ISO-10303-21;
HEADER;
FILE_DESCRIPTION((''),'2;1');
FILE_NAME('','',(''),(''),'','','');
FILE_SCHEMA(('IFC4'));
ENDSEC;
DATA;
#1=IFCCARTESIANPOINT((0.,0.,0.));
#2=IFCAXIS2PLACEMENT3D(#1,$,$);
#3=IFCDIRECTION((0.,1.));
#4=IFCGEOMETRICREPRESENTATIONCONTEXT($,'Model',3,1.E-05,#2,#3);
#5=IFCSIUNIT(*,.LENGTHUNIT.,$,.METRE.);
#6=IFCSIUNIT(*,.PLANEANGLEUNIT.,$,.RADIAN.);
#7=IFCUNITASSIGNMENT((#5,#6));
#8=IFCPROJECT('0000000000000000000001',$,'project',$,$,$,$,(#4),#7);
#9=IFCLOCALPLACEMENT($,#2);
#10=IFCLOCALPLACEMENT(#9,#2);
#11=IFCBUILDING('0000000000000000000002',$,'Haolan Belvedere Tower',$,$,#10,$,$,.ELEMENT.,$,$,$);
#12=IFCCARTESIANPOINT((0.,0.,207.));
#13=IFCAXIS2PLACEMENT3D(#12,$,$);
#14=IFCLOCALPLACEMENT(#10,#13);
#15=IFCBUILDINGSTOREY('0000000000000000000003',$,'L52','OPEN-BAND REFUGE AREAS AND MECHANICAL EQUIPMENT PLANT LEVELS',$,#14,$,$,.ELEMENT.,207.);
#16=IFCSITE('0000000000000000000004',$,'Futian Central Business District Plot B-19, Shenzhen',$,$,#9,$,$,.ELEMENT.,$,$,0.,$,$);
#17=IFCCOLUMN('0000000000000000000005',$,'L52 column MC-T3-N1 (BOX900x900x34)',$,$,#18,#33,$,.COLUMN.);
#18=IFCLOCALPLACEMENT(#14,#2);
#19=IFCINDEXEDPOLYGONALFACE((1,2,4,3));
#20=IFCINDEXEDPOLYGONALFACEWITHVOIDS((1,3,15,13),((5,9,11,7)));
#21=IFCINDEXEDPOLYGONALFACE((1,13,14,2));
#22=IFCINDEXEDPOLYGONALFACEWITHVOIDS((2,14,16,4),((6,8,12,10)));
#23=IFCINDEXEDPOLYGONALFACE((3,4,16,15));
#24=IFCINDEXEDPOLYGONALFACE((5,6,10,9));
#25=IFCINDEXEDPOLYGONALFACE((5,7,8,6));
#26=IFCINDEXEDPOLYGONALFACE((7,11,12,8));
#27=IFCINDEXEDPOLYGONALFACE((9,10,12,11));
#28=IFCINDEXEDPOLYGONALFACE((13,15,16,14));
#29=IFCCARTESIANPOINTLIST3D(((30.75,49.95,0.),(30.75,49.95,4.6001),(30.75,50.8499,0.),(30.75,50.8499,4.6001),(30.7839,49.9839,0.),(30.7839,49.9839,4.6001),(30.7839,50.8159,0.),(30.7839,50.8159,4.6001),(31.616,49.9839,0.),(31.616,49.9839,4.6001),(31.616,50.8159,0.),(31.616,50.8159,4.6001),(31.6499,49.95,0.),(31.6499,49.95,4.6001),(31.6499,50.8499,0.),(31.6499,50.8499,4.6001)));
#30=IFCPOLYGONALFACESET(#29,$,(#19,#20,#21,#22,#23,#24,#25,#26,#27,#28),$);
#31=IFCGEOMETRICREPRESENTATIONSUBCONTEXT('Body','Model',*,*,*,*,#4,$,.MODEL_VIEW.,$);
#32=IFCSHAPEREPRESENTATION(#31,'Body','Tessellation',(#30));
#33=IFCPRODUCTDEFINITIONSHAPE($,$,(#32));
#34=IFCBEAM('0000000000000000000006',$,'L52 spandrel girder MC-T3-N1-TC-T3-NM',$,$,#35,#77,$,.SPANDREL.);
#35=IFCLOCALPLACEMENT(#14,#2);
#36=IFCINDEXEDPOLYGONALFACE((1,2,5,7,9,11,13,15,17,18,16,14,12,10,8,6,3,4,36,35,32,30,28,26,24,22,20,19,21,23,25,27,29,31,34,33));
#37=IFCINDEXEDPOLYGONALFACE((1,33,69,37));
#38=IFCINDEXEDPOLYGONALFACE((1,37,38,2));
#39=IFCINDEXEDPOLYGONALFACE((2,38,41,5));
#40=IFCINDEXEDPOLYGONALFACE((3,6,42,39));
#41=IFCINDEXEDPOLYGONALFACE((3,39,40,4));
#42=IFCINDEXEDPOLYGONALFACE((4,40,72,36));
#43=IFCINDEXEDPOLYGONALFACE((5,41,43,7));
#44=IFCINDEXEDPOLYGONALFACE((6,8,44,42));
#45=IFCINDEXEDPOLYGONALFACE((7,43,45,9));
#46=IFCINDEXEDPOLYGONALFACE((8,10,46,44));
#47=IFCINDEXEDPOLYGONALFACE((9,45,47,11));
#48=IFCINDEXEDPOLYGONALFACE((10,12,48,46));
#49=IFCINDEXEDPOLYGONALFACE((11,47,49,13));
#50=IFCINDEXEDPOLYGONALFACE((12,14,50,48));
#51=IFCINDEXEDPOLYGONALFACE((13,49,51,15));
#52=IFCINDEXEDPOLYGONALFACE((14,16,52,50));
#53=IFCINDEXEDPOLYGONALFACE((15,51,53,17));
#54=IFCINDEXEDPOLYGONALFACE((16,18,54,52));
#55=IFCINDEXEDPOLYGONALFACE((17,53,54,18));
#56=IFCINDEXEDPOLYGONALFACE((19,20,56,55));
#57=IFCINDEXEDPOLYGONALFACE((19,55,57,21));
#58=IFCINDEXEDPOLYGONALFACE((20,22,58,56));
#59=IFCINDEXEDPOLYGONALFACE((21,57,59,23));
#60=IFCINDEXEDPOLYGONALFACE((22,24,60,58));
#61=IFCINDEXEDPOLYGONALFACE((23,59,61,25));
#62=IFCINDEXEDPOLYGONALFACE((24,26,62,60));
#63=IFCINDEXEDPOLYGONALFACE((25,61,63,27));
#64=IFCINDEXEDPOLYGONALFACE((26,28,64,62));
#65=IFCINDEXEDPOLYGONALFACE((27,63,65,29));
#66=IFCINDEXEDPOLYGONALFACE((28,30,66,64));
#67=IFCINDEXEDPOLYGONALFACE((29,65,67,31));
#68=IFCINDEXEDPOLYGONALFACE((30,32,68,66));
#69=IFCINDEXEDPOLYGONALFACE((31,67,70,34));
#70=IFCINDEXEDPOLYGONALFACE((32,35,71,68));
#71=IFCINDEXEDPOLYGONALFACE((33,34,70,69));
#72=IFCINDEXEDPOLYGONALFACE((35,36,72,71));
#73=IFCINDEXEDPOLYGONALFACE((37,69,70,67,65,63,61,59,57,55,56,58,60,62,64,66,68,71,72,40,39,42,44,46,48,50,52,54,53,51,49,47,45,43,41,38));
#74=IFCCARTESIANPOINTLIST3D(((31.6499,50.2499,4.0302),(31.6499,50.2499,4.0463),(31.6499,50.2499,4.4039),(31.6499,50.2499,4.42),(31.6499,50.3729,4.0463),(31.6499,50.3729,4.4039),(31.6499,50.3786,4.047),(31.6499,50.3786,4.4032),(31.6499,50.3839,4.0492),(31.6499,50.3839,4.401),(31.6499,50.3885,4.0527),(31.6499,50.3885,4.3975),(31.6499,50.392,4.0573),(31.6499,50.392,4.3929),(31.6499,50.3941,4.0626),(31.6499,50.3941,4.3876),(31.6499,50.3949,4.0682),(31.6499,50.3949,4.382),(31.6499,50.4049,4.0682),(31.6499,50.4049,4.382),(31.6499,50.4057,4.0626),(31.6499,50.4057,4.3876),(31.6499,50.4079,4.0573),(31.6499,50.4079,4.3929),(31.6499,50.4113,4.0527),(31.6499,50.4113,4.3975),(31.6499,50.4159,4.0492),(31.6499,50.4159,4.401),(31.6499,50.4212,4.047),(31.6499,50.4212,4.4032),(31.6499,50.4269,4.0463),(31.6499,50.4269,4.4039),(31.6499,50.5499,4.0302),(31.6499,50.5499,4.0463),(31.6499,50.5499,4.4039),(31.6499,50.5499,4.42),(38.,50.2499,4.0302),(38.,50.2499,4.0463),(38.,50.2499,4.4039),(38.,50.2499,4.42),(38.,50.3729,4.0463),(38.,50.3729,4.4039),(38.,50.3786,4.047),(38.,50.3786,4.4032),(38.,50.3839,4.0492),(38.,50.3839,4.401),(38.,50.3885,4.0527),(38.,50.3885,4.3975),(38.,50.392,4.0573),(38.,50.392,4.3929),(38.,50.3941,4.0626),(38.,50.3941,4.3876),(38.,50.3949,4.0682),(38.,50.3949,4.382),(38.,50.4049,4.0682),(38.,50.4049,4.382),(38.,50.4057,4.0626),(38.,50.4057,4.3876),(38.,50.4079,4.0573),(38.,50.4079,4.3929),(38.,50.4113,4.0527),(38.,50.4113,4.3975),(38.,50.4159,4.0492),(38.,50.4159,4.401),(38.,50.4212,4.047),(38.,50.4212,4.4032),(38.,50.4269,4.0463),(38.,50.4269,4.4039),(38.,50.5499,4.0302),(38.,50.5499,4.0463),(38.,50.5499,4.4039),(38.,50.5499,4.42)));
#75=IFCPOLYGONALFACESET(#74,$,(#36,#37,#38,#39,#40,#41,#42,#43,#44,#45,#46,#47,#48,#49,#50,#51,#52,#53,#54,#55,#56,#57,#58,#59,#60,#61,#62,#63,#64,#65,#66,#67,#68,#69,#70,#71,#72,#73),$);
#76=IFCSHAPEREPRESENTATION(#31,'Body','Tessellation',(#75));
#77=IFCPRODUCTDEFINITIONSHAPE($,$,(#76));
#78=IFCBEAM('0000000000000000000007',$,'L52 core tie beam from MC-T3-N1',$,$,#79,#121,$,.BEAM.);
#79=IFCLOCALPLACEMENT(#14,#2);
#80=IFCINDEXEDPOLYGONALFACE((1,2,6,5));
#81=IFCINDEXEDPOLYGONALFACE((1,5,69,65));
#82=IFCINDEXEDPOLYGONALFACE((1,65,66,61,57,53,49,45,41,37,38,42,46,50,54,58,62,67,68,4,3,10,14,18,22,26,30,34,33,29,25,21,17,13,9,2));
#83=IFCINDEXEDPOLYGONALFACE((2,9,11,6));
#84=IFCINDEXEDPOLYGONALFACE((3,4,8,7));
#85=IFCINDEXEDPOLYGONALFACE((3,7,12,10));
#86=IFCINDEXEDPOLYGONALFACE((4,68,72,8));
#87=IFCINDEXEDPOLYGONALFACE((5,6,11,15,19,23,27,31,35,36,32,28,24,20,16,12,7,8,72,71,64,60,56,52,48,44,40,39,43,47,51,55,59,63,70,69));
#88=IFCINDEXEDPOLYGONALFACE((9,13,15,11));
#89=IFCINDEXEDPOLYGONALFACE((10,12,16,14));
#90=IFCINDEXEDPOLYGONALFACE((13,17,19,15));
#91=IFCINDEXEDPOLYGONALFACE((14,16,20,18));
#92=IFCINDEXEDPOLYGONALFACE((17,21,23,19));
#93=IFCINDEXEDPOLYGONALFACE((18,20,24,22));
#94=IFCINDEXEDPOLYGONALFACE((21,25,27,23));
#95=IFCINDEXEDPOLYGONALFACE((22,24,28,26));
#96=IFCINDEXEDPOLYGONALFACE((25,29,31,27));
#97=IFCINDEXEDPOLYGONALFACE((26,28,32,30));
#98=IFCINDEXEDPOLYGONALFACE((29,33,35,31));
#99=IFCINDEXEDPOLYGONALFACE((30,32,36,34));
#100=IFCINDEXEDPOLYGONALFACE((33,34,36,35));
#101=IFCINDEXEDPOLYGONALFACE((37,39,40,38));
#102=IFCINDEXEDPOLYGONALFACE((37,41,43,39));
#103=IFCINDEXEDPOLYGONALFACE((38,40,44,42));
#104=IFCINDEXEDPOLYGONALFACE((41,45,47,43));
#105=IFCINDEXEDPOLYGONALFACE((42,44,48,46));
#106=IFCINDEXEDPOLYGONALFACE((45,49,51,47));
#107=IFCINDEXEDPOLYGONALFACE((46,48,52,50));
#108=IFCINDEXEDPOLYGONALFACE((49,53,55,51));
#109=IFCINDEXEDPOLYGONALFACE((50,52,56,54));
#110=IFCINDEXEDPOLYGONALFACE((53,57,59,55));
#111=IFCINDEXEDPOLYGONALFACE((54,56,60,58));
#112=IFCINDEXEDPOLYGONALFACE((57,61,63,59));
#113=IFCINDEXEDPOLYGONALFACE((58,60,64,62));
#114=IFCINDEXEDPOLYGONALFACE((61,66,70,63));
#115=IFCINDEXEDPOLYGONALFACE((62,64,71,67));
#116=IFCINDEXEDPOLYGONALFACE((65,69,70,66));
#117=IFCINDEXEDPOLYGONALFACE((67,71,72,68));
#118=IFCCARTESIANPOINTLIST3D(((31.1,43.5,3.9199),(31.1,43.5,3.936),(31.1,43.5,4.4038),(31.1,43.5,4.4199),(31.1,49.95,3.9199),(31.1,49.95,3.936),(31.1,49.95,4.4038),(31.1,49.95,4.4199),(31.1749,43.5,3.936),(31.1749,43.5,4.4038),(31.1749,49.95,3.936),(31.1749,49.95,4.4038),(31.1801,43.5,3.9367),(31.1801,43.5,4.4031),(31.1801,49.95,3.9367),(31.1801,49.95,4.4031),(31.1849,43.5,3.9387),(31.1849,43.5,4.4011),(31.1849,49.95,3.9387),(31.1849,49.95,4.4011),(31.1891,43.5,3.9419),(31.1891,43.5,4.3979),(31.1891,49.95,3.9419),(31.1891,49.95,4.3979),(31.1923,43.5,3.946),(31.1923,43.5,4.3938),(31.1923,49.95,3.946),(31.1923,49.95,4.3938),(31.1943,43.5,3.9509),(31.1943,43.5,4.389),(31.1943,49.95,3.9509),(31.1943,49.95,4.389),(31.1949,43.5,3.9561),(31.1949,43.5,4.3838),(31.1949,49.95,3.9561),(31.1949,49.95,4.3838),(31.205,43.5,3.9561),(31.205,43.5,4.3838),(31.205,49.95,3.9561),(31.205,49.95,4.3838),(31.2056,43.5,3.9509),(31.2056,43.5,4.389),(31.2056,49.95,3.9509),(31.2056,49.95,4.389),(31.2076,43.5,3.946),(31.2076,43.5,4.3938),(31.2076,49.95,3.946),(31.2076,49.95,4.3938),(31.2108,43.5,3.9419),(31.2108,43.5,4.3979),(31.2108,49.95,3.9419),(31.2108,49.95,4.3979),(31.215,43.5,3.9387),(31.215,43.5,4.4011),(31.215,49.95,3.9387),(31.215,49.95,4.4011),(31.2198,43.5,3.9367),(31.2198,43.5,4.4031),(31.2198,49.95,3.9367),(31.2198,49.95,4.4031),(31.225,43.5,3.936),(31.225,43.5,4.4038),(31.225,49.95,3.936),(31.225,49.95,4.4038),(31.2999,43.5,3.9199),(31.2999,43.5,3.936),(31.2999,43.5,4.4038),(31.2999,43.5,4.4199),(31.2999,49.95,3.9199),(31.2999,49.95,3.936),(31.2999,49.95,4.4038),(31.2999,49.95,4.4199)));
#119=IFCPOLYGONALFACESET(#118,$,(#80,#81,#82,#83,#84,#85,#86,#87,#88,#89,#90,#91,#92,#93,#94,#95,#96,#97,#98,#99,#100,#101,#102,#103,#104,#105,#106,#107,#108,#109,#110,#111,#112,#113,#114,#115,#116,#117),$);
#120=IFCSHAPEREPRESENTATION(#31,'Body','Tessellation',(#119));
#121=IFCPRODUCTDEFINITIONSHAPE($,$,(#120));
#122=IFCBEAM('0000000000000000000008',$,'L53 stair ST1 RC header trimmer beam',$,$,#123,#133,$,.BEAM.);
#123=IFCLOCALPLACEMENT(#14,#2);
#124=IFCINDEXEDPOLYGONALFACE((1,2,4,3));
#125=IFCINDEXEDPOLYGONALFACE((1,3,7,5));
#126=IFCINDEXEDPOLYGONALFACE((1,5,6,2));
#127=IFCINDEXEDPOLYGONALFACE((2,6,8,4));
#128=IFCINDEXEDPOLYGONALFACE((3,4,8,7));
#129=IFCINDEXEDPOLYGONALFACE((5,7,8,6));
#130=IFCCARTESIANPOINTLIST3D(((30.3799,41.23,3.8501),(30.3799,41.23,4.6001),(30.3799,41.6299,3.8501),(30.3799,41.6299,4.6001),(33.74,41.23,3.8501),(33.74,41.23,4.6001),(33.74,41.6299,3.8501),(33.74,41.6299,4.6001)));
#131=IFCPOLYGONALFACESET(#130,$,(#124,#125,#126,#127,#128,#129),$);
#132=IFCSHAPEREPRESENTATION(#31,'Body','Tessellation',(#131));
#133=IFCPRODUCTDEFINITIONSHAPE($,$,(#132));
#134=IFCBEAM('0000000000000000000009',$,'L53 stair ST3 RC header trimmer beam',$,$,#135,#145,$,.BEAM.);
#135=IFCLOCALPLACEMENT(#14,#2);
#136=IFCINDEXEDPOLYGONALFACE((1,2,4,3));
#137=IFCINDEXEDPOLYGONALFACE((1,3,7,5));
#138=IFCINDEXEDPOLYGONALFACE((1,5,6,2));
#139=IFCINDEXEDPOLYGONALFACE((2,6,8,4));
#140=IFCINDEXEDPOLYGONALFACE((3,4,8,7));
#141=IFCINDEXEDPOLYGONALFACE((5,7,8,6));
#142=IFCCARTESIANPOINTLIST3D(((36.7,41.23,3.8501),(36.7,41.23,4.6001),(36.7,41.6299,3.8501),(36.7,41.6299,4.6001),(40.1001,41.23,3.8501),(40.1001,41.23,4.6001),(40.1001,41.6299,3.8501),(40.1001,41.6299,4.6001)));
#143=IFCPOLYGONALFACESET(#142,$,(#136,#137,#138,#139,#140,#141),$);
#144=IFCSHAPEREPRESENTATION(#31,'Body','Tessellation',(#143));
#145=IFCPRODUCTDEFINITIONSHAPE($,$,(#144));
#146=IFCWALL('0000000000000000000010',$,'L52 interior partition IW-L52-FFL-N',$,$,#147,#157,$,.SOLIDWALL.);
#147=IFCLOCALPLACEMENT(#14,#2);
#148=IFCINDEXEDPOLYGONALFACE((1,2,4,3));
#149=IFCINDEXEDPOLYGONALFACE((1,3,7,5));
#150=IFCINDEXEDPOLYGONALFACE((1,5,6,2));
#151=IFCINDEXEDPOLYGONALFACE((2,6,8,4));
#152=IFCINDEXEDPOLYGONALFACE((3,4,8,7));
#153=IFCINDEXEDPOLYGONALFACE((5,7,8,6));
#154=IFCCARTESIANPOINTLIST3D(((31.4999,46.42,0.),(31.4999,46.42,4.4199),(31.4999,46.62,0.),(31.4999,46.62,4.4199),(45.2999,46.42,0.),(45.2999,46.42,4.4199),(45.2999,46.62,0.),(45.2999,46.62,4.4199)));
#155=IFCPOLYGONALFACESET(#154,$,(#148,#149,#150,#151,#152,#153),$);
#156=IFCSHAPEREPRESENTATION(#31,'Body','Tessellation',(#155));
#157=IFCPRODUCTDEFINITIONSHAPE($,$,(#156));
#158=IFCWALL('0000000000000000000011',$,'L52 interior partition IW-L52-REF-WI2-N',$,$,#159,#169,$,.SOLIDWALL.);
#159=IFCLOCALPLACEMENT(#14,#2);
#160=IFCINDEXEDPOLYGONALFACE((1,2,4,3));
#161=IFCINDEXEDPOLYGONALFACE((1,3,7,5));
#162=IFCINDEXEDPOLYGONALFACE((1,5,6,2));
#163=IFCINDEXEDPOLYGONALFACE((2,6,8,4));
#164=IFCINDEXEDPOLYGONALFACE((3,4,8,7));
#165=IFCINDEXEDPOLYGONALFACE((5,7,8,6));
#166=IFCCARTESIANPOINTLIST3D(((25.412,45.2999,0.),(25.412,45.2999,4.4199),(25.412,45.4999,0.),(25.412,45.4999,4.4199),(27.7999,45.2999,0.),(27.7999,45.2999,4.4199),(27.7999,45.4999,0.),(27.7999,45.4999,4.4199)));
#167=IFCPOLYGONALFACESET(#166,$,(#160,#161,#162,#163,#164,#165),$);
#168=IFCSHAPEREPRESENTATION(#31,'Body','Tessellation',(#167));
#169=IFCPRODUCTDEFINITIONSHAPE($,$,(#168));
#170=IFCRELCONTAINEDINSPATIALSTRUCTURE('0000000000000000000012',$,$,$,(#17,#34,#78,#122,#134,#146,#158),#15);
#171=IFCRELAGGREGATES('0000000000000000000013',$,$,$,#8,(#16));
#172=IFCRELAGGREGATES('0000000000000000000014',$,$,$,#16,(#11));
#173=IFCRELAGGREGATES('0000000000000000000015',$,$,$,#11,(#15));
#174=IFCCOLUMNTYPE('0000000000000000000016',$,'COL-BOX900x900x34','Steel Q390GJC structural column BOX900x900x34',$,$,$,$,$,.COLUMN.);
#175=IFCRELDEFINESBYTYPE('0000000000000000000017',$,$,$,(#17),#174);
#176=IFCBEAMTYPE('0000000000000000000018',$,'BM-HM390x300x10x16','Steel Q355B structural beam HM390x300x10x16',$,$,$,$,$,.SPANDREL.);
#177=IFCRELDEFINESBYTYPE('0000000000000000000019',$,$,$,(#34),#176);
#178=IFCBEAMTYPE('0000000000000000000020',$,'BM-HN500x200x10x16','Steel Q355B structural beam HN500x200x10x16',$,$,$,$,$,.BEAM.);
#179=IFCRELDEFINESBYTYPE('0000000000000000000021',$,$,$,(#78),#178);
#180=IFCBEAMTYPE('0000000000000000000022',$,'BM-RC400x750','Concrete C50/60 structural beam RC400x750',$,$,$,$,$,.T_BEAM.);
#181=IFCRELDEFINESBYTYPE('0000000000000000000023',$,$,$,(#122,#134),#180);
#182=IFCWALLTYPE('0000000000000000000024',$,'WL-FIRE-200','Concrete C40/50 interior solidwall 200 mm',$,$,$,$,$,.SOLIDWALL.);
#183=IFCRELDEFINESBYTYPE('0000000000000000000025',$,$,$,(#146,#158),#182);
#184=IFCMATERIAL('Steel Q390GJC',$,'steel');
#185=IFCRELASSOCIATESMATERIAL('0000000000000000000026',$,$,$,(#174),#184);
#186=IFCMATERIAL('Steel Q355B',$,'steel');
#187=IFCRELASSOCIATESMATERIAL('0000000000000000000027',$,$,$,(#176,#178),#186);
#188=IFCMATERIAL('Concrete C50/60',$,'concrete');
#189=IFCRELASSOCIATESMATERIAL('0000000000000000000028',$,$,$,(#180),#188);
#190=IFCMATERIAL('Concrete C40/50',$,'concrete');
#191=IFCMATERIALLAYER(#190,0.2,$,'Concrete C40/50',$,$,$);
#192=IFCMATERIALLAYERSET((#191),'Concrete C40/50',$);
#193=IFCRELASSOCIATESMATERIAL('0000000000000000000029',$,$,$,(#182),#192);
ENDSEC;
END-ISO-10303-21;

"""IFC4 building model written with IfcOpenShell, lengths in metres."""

from ifc_helpers import new_model, si_unit, direction, frame, frame_2d, origin, origin_2d, place, context, subcontext, project, spatial, rectangle, hollow_rectangle, i_section, extrude, material, layer, layer_set, material_profile, profile_set, type_object, element, save


model = new_model("IFC4")

# Units and contexts
model_context = context("Model", 3, precision=1e-05, world=origin(), true_north=direction((0.0, 1.0)))
body_context = subcontext(model_context, "Body", "Model", "MODEL_VIEW")
ifc_project = project(units=[si_unit("LENGTHUNIT", "METRE"), si_unit("PLANEANGLEUNIT", "RADIAN")], contexts=[model_context])

# Site, building, storey
site_placement = place(None, origin())
site = spatial("IfcSite", under=ifc_project, at=site_placement, Name="Futian Central Business District Plot B-19, Shenzhen", CompositionType="ELEMENT", RefElevation=0.0)
building_placement = place(site_placement, origin())
building = spatial("IfcBuilding", under=site, at=building_placement, Name="Haolan Belvedere Tower", CompositionType="ELEMENT")
storey_placement = place(building_placement, frame((0.0, 0.0, 207.0)))
storey = spatial("IfcBuildingStorey", under=building, at=storey_placement, Name="L52", Description="OPEN-BAND REFUGE AREAS AND MECHANICAL EQUIPMENT PLANT LEVELS", CompositionType="ELEMENT", Elevation=207.0)

# Column
ifc_material_1 = material(Name="Steel Q390GJC", Category="steel")
ifc_material_profile_1 = material_profile(ifc_material_1, hollow_rectangle(XDim=0.8999, YDim=0.8999, WallThickness=0.0339, at=origin_2d()), Name="Steel Q390GJC")
ifc_profile_set_1 = profile_set([ifc_material_profile_1], Name="Steel Q390GJC")
column_type = type_object("IfcColumnType", Name="COL-BOX900x900x34", Description="Steel Q390GJC structural column BOX900x900x34", PredefinedType="COLUMN", material=ifc_profile_set_1)
column_placement = place(storey_placement, frame((31.2, 50.3999, 0.0), z_axis=(0.0, 0.0, 1.0), x_axis=(1.0, 0.0, 0.0)))
element("IfcColumn", 1, at=column_placement, inside=storey, type_object=column_type, Name="L52 column MC-T3-N1 (BOX900x900x34)", PredefinedType="COLUMN", context=body_context, shape_type="SweptSolid", body=[
    extrude(hollow_rectangle(XDim=0.8999, YDim=0.8999, WallThickness=0.0339, at=origin_2d()), origin(), (0.0, 0.0, 1.0), 4.6001),
])

# Beams
ifc_material_2 = material(Name="Steel Q355B", Category="steel")
ifc_material_profile_2 = material_profile(ifc_material_2, i_section(OverallWidth=0.3, OverallDepth=0.3899, WebThickness=0.01, FlangeThickness=0.0161, FilletRadius=0.022, at=origin_2d()), Name="Steel Q355B")
ifc_profile_set_2 = profile_set([ifc_material_profile_2], Name="Steel Q355B")
beam_type_1 = type_object("IfcBeamType", Name="BM-HM390x300x10x16", Description="Steel Q355B structural beam HM390x300x10x16", PredefinedType="SPANDREL", material=ifc_profile_set_2)
beam_1_placement = place(storey_placement, frame((31.6499, 50.3999, 4.2251), z_axis=(1.0, 0.0, 0.0), x_axis=(0.0, 1.0, 0.0)))
element("IfcBeam", 2, at=beam_1_placement, inside=storey, type_object=beam_type_1, Name="L52 spandrel girder MC-T3-N1-TC-T3-NM", PredefinedType="SPANDREL", context=body_context, shape_type="SweptSolid", body=[
    extrude(i_section(OverallWidth=0.3, OverallDepth=0.3899, WebThickness=0.01, FlangeThickness=0.0161, FilletRadius=0.022, at=origin_2d()), origin(), (0.0, 0.0, 1.0), 6.3501),
])
ifc_material_profile_3 = material_profile(ifc_material_2, i_section(OverallWidth=0.2, OverallDepth=0.5, WebThickness=0.01, FlangeThickness=0.0161, FilletRadius=0.02, at=origin_2d()), Name="Steel Q355B")
ifc_profile_set_3 = profile_set([ifc_material_profile_3], Name="Steel Q355B")
beam_type_2 = type_object("IfcBeamType", Name="BM-HN500x200x10x16", Description="Steel Q355B structural beam HN500x200x10x16", PredefinedType="BEAM", material=ifc_profile_set_3)
beam_2_placement = place(storey_placement, frame((31.2, 49.95, 4.1699), z_axis=(0.0, -1.0, 0.0), x_axis=(1.0, 0.0, 0.0)))
element("IfcBeam", 3, at=beam_2_placement, inside=storey, type_object=beam_type_2, Name="L52 core tie beam from MC-T3-N1", PredefinedType="BEAM", context=body_context, shape_type="SweptSolid", body=[
    extrude(i_section(OverallWidth=0.2, OverallDepth=0.5, WebThickness=0.01, FlangeThickness=0.0161, FilletRadius=0.02, at=origin_2d()), origin(), (0.0, 0.0, 1.0), 6.45),
])
ifc_material_3 = material(Name="Concrete C50/60", Category="concrete")
ifc_material_profile_4 = material_profile(ifc_material_3, rectangle(XDim=0.3999, YDim=0.75, at=origin_2d()), Name="Concrete C50/60")
ifc_profile_set_4 = profile_set([ifc_material_profile_4], Name="Concrete C50/60")
beam_type_3 = type_object("IfcBeamType", Name="BM-RC400x750", Description="Concrete C50/60 structural beam RC400x750", PredefinedType="T_BEAM", material=ifc_profile_set_4)
beam_3_placement = place(storey_placement, frame((30.3799, 41.4299, 4.2251), z_axis=(1.0, 0.0, 0.0), x_axis=(0.0, 1.0, 0.0)))
element("IfcBeam", 4, at=beam_3_placement, inside=storey, type_object=beam_type_3, Name="L53 stair ST1 RC header trimmer beam", PredefinedType="BEAM", context=body_context, shape_type="SweptSolid", body=[
    extrude(rectangle(XDim=0.3999, YDim=0.75, at=origin_2d()), origin(), (0.0, 0.0, 1.0), 3.3601),
])
beam_4_placement = place(storey_placement, frame((36.7, 41.4299, 4.2251), z_axis=(1.0, 0.0, 0.0), x_axis=(0.0, 1.0, 0.0)))
element("IfcBeam", 5, at=beam_4_placement, inside=storey, type_object=beam_type_3, Name="L53 stair ST3 RC header trimmer beam", PredefinedType="BEAM", context=body_context, shape_type="SweptSolid", body=[
    extrude(rectangle(XDim=0.3999, YDim=0.75, at=origin_2d()), origin(), (0.0, 0.0, 1.0), 3.4001),
])

# Wall
ifc_material_4 = material(Name="Concrete C40/50", Category="concrete")
ifc_layer_1 = layer(ifc_material_4, 0.2, Name="Concrete C40/50")
ifc_layer_set_1 = layer_set([ifc_layer_1], Name="Concrete C40/50")
wall_type_1 = type_object("IfcWallType", Name="WL-FIRE-200", Description="Concrete C40/50 interior solidwall 200 mm", PredefinedType="SOLIDWALL", material=ifc_layer_set_1)
wall_1_placement = place(storey_placement, frame((31.5, 46.52, 0.0), z_axis=(0.0, 0.0, 1.0), x_axis=(1.0, 0.0, 0.0)))
element("IfcWall", 6, at=wall_1_placement, inside=storey, type_object=wall_type_1, Name="L52 interior partition IW-L52-FFL-N", PredefinedType="SOLIDWALL", context=body_context, shape_type="SweptSolid", body=[
    extrude(rectangle(XDim=13.8, YDim=0.2, at=frame_2d((6.8999, 0.0))), origin(), (0.0, 0.0, 1.0), 4.4199),
])

# Wall
wall_2_placement = place(storey_placement, frame((25.4121, 45.3999, 0.0), z_axis=(0.0, 0.0, 1.0), x_axis=(1.0, 0.0, 0.0)))
element("IfcWall", 7, at=wall_2_placement, inside=storey, type_object=wall_type_1, Name="L52 interior partition IW-L52-REF-WI2-N", PredefinedType="SOLIDWALL", context=body_context, shape_type="SweptSolid", body=[
    extrude(rectangle(XDim=2.3879, YDim=0.2, at=frame_2d((1.1938, 0.0))), origin(), (0.0, 0.0, 1.0), 4.4199),
])

save(model, "model.ifc")
